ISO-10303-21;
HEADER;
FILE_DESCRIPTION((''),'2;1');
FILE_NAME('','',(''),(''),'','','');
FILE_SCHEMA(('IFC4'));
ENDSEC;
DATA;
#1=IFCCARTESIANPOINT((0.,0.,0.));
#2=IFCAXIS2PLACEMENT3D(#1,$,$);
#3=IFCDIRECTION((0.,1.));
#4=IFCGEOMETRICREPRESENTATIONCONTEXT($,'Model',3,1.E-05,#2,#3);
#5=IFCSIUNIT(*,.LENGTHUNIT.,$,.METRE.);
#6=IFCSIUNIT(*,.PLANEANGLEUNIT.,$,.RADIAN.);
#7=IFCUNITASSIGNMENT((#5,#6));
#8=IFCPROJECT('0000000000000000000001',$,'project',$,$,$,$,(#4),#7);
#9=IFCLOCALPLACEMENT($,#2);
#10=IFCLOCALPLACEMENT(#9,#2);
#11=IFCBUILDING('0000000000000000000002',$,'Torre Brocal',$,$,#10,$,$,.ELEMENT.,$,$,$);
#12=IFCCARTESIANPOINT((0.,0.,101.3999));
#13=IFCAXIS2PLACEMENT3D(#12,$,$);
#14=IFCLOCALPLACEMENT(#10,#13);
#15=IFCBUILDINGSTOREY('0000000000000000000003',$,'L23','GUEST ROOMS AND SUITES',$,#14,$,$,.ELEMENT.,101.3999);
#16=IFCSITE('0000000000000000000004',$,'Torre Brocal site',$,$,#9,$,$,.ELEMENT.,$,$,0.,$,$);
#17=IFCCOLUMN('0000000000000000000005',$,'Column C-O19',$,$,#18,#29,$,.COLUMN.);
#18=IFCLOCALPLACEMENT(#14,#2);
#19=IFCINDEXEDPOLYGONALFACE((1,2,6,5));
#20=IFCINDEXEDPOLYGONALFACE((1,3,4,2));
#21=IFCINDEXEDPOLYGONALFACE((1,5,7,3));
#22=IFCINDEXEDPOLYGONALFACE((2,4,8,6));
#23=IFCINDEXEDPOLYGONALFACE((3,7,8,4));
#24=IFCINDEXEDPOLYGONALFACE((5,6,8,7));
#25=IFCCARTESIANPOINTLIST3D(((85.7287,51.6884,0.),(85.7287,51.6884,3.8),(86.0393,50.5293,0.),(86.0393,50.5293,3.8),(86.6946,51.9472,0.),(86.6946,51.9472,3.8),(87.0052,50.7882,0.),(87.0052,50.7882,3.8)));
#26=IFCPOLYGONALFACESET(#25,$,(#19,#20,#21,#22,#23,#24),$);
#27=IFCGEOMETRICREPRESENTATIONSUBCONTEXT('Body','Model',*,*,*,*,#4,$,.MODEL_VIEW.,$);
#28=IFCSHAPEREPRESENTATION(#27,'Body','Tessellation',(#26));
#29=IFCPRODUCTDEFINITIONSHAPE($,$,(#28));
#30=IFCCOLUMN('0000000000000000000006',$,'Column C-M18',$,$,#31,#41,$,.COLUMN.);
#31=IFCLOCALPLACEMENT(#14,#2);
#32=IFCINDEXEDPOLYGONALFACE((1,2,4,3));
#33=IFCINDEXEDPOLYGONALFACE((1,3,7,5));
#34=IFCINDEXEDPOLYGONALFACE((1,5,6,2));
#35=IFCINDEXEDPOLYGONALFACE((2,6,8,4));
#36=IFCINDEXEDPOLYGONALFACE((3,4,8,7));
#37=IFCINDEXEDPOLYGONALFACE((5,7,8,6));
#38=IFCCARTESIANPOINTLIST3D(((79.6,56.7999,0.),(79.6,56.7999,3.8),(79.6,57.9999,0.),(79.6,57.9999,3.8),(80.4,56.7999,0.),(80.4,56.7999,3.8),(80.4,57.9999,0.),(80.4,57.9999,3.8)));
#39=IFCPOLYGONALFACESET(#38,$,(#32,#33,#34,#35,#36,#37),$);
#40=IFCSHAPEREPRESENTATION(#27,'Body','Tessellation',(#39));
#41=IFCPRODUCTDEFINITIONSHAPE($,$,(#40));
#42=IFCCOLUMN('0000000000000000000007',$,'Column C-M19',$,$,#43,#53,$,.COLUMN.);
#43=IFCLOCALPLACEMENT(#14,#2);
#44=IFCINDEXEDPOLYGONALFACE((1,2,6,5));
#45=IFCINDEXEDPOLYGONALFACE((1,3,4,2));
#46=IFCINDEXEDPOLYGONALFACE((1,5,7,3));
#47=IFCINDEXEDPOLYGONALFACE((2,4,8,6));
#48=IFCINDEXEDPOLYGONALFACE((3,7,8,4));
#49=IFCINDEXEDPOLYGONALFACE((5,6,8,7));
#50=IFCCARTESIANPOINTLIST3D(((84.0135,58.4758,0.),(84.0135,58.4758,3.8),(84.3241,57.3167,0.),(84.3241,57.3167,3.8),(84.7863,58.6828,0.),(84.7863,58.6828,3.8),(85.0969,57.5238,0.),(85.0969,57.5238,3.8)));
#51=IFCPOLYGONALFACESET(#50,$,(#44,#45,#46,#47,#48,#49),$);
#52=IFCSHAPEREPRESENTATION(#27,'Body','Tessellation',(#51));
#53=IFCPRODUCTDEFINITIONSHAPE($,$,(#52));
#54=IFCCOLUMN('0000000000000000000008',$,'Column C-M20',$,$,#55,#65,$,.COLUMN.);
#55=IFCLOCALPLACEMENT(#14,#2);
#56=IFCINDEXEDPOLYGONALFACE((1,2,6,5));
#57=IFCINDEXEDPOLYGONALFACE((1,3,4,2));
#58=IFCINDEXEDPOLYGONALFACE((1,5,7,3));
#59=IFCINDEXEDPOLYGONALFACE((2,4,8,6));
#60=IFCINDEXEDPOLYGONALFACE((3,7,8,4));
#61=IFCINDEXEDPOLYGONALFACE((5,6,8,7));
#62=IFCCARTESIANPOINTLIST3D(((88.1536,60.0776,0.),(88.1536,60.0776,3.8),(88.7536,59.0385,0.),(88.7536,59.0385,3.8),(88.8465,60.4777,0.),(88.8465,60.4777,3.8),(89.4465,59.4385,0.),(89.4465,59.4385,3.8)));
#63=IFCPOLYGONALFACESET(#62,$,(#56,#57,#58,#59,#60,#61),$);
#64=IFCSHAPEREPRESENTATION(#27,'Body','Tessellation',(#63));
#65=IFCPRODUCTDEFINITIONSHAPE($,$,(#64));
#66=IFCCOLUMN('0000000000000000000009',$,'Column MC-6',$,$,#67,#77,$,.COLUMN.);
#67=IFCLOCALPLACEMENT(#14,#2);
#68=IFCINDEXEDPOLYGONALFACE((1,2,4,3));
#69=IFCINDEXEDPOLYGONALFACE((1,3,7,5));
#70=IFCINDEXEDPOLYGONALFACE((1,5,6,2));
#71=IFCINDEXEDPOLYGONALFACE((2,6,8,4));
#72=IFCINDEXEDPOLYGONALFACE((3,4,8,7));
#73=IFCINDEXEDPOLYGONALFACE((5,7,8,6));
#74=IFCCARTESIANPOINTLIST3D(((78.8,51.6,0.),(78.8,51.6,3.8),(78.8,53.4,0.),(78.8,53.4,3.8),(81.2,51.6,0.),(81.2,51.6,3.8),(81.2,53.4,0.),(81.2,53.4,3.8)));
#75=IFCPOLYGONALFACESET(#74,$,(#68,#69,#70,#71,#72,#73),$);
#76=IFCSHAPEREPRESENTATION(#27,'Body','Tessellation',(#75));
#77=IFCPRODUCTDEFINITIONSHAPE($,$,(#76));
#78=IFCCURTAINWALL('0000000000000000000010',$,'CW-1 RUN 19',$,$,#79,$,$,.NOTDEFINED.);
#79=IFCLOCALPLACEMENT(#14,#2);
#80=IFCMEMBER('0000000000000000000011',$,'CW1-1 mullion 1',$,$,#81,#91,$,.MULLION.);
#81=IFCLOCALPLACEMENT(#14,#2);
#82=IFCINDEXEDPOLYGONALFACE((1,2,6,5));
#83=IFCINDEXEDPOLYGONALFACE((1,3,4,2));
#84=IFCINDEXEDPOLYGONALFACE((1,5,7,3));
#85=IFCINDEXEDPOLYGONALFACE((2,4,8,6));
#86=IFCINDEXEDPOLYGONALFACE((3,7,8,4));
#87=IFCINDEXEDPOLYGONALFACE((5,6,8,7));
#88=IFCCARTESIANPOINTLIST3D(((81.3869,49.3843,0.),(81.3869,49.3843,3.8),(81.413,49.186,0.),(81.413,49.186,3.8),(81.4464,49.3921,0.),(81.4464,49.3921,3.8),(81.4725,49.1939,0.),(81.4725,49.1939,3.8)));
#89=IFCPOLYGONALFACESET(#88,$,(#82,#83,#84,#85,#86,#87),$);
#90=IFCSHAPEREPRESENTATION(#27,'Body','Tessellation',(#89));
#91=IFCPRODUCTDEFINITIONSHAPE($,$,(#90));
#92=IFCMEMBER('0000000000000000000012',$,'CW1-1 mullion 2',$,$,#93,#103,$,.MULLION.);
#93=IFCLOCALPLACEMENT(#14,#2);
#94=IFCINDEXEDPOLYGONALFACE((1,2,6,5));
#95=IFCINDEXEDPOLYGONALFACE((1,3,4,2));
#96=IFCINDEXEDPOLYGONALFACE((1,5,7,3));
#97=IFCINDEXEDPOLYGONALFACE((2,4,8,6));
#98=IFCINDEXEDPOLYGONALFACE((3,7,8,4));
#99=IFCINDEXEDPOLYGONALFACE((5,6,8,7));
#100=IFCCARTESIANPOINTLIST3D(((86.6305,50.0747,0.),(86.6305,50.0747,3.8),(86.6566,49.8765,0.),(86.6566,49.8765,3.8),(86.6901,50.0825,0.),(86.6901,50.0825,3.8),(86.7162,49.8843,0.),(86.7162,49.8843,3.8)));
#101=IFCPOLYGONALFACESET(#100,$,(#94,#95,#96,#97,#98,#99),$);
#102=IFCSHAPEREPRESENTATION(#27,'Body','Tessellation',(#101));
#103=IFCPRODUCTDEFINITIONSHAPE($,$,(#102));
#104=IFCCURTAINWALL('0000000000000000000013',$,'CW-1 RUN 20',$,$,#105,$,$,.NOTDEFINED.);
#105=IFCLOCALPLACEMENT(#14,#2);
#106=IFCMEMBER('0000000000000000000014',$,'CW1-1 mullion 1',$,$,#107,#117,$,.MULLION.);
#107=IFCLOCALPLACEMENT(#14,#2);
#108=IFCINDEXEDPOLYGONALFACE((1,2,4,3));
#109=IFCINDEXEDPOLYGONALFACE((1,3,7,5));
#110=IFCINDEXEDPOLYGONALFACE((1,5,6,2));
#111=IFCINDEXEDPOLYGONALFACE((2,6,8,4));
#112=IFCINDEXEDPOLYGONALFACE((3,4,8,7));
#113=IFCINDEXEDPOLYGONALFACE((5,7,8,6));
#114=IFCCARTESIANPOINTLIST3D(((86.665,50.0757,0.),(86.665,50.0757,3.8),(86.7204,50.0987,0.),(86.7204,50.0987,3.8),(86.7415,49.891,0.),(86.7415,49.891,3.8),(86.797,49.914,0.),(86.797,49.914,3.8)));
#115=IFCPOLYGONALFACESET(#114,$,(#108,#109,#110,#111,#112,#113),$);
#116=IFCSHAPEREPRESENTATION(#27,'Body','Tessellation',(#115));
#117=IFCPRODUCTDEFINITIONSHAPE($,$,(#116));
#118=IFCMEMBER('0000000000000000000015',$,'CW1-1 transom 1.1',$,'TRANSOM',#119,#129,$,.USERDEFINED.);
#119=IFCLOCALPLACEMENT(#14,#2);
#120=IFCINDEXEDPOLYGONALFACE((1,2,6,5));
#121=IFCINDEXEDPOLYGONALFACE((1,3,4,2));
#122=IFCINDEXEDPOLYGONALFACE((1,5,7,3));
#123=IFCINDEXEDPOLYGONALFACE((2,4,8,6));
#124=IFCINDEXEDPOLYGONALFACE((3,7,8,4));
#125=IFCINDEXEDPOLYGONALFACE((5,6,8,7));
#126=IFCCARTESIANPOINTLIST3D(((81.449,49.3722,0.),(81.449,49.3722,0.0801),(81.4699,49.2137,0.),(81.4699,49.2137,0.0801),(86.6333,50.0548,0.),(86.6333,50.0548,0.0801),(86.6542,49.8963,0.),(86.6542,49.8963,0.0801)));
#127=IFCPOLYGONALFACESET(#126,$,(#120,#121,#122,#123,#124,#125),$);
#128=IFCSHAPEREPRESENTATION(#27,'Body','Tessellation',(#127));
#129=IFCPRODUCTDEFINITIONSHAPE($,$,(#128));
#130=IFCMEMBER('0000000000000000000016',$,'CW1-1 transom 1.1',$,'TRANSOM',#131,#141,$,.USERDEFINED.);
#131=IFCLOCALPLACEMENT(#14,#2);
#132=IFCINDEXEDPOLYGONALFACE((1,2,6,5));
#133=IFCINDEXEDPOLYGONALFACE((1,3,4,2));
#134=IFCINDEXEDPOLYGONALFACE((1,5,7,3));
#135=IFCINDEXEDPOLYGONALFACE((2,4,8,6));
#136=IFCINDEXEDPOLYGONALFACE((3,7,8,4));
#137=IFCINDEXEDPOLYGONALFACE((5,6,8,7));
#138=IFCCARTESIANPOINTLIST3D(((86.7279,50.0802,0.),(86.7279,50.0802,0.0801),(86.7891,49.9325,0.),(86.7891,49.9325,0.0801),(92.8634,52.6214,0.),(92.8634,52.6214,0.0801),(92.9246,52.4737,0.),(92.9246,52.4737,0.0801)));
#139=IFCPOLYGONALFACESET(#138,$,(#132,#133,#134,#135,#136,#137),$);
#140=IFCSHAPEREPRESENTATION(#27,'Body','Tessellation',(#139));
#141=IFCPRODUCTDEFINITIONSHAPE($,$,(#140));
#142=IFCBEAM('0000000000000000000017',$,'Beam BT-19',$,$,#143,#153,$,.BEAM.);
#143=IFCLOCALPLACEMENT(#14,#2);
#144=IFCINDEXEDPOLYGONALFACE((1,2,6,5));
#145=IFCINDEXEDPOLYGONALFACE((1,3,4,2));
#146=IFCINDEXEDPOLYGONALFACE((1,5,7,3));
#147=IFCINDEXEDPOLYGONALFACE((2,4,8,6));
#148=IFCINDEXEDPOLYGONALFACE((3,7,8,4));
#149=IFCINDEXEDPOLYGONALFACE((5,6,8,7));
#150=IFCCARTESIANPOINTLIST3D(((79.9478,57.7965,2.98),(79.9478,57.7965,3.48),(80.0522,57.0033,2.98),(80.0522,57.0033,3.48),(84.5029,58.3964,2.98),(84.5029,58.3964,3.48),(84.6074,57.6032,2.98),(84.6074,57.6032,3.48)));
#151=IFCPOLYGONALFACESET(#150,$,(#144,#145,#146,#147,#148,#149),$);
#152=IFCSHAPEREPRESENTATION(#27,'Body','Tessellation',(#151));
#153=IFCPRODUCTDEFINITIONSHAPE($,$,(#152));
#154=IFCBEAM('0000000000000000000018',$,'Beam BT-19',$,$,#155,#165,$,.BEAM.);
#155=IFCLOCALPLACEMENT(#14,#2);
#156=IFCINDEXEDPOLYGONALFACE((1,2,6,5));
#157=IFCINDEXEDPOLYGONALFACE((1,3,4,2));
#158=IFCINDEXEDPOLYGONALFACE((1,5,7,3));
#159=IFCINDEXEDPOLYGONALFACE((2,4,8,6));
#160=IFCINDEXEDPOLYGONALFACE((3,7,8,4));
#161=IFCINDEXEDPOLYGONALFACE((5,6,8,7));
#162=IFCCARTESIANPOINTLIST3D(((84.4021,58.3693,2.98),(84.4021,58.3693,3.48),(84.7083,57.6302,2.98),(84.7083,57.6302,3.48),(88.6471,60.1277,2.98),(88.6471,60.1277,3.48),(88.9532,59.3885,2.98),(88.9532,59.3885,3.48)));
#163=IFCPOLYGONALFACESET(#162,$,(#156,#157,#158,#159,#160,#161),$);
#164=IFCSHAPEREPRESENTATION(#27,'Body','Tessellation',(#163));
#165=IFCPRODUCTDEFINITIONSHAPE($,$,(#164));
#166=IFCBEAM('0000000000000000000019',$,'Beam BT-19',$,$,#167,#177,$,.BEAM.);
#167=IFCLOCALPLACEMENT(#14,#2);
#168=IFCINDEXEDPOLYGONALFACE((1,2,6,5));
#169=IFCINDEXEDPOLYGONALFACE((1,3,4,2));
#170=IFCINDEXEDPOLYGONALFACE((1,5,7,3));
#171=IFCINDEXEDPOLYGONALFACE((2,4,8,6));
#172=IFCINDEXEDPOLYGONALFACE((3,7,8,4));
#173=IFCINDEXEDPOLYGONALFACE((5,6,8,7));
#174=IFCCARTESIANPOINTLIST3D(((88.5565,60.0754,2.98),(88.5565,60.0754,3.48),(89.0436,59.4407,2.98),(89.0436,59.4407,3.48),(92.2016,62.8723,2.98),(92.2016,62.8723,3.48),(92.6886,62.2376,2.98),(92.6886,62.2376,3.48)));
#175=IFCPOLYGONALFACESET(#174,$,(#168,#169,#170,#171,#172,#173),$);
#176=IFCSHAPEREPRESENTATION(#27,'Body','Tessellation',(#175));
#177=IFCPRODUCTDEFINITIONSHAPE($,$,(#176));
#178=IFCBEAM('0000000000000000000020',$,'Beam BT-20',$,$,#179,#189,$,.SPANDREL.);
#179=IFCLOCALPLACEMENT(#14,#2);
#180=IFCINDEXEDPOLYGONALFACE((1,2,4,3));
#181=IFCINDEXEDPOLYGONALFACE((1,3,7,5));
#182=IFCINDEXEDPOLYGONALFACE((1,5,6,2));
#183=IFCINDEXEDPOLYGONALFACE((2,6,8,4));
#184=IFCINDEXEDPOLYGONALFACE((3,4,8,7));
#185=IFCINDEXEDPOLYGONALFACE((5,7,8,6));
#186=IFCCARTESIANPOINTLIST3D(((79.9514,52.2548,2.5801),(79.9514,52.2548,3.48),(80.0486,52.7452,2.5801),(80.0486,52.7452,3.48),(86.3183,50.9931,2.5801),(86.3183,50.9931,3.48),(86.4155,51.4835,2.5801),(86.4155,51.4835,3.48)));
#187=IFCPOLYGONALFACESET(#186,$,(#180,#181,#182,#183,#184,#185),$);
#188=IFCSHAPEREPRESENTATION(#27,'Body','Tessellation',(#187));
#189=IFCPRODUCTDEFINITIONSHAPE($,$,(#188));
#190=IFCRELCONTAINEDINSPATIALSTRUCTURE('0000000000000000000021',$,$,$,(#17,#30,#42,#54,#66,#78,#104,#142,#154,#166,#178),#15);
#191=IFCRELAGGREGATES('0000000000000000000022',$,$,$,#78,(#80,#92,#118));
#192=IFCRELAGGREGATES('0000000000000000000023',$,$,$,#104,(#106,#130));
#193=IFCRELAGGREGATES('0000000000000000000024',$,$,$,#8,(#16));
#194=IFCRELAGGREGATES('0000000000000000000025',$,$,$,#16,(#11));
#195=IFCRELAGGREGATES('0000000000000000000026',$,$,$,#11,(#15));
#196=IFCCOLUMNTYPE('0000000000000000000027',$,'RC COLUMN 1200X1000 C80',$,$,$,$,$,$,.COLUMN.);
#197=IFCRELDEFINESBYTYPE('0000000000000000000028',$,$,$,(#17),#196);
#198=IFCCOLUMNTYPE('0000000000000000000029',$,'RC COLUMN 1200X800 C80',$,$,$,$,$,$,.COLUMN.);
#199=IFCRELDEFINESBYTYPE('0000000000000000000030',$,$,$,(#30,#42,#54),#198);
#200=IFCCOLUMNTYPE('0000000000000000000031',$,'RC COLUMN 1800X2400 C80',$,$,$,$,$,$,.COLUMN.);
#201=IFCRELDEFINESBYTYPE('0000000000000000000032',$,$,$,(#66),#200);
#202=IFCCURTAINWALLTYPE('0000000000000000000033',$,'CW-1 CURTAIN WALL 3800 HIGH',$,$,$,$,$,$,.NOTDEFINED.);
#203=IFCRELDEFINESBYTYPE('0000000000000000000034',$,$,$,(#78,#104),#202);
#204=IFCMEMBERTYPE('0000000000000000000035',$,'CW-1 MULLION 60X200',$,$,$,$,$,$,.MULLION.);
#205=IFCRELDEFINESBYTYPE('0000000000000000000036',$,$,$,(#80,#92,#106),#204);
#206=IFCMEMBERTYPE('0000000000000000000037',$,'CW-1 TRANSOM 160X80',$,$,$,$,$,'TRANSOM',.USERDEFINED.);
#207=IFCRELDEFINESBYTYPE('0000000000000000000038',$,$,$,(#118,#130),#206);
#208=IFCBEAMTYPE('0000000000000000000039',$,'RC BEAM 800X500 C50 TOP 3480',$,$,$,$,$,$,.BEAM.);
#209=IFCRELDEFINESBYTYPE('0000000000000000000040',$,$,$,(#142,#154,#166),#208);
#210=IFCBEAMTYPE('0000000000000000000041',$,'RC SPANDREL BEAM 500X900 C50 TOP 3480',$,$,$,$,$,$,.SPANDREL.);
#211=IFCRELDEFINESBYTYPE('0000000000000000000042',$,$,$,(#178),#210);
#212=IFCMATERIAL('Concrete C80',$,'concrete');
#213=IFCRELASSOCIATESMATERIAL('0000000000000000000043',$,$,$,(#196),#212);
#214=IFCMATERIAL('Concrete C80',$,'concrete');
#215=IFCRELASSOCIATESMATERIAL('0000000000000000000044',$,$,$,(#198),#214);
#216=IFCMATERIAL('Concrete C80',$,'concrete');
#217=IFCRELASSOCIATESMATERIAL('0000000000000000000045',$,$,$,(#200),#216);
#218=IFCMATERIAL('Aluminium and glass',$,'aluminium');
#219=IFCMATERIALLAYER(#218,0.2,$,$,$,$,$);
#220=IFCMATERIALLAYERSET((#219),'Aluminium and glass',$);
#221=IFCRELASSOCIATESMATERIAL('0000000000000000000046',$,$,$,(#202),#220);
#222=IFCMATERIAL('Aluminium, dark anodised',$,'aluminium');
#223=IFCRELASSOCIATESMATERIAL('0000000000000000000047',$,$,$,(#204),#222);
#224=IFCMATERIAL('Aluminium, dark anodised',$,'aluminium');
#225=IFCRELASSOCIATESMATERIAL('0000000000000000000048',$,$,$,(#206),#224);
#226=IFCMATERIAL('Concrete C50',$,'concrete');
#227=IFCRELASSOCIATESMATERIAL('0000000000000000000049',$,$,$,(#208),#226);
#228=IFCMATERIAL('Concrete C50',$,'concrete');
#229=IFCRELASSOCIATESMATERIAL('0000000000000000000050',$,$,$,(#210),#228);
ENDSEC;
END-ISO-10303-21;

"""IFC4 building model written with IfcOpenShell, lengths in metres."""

from ifc_helpers import new_model, si_unit, direction, frame, origin, origin_2d, place, context, subcontext, project, spatial, rectangle, extrude, material, layer, layer_set, material_profile, profile_set, type_object, element, aggregate, save


model = new_model("IFC4")

# Units and contexts
model_context = context("Model", 3, precision=1e-05, world=origin(), true_north=direction((0.0, 1.0)))
body_context = subcontext(model_context, "Body", "Model", "MODEL_VIEW")
ifc_project = project(units=[si_unit("LENGTHUNIT", "METRE"), si_unit("PLANEANGLEUNIT", "RADIAN")], contexts=[model_context])

# Site, building, storey
site_placement = place(None, origin())
site = spatial("IfcSite", under=ifc_project, at=site_placement, Name="Torre Brocal site", CompositionType="ELEMENT", RefElevation=0.0)
building_placement = place(site_placement, origin())
building = spatial("IfcBuilding", under=site, at=building_placement, Name="Torre Brocal", CompositionType="ELEMENT")
storey_placement = place(building_placement, frame((0.0, 0.0, 101.3999)))
storey = spatial("IfcBuildingStorey", under=building, at=storey_placement, Name="L23", Description="GUEST ROOMS AND SUITES", CompositionType="ELEMENT", Elevation=101.3999)

# Columns
ifc_material_1 = material(Name="Concrete C80", Category="concrete")
ifc_material_profile_1 = material_profile(ifc_material_1, rectangle(XDim=1.2, YDim=1.0, at=origin_2d()), Name="RC 1200X1000")
ifc_profile_set_1 = profile_set([ifc_material_profile_1], Name="Concrete C80")
column_type_1 = type_object("IfcColumnType", Name="RC COLUMN 1200X1000 C80", PredefinedType="COLUMN", material=ifc_profile_set_1)
column_1_placement = place(storey_placement, frame((86.3669, 51.2383, 0.0), z_axis=(0.0, 0.0, 1.0), x_axis=(0.258819, -0.965926, 0.0)))
element("IfcColumn", 1, at=column_1_placement, inside=storey, type_object=column_type_1, Name="Column C-O19", PredefinedType="COLUMN", context=body_context, shape_type="SweptSolid", body=[
    extrude(rectangle(XDim=1.2, YDim=1.0, at=origin_2d()), origin(), (0.0, 0.0, 1.0), 3.8),
])
ifc_material_2 = material(Name="Concrete C80", Category="concrete")
ifc_material_profile_2 = material_profile(ifc_material_2, rectangle(XDim=1.2, YDim=0.8, at=origin_2d()), Name="RC 1200X800")
ifc_profile_set_2 = profile_set([ifc_material_profile_2], Name="Concrete C80")
column_type_2 = type_object("IfcColumnType", Name="RC COLUMN 1200X800 C80", PredefinedType="COLUMN", material=ifc_profile_set_2)
for number, where, z_axis, x_axis, name in (
    (2, (80.0, 57.3999, 0.0), (0.0, 0.0, 1.0), (0.0, -1.0, 0.0), "Column C-M18"),
    (3, (84.5552, 57.9998, 0.0), (0.0, 0.0, 1.0), (0.258819, -0.965926, 0.0), "Column C-M19"),
    (4, (88.8, 59.7581, 0.0), (0.0, 0.0, 1.0), (0.5, -0.866025, 0.0), "Column C-M20"),
):
    element("IfcColumn", number, at=place(storey_placement, frame(where, z_axis=z_axis, x_axis=x_axis)), inside=storey, type_object=column_type_2, Name=name, PredefinedType="COLUMN", context=body_context, shape_type="SweptSolid", body=[
        extrude(rectangle(XDim=1.2, YDim=0.8, at=origin_2d()), origin(), (0.0, 0.0, 1.0), 3.8),
    ])
ifc_material_3 = material(Name="Concrete C80", Category="concrete")
ifc_material_profile_3 = material_profile(ifc_material_3, rectangle(XDim=1.8, YDim=2.3999, at=origin_2d()), Name="RC 1800X2400")
ifc_profile_set_3 = profile_set([ifc_material_profile_3], Name="Concrete C80")
column_type_3 = type_object("IfcColumnType", Name="RC COLUMN 1800X2400 C80", PredefinedType="COLUMN", material=ifc_profile_set_3)
column_2_placement = place(storey_placement, frame((80.0, 52.5, 0.0), z_axis=(0.0, 0.0, 1.0), x_axis=(0.0, -1.0, 0.0)))
element("IfcColumn", 5, at=column_2_placement, inside=storey, type_object=column_type_3, Name="Column MC-6", PredefinedType="COLUMN", context=body_context, shape_type="SweptSolid", body=[
    extrude(rectangle(XDim=1.8, YDim=2.3999, at=origin_2d()), origin(), (0.0, 0.0, 1.0), 3.8),
])

# Curtain wall, members
ifc_material_4 = material(Name="Aluminium and glass", Category="aluminium")
ifc_layer_1 = layer(ifc_material_4, 0.2)
ifc_layer_set_1 = layer_set([ifc_layer_1], Name="Aluminium and glass")
curtain_wall_type = type_object("IfcCurtainWallType", Name="CW-1 CURTAIN WALL 3800 HIGH", PredefinedType="NOTDEFINED", material=ifc_layer_set_1)
curtain_wall_1_placement = place(storey_placement, origin())
curtain_wall_1 = element("IfcCurtainWall", 6, at=curtain_wall_1_placement, inside=storey, type_object=curtain_wall_type, Name="CW-1 RUN 19", PredefinedType="NOTDEFINED")
ifc_material_5 = material(Name="Aluminium, dark anodised", Category="aluminium")
ifc_material_profile_4 = material_profile(ifc_material_5, rectangle(XDim=0.2, YDim=0.0601, at=origin_2d()), Name="CW-1 MULLION 60X200")
ifc_profile_set_4 = profile_set([ifc_material_profile_4], Name="Aluminium, dark anodised")
member_type_1 = type_object("IfcMemberType", Name="CW-1 MULLION 60X200", PredefinedType="MULLION", material=ifc_profile_set_4)
member_1_placement = place(storey_placement, frame((81.4297, 49.2891, 0.0), z_axis=(0.0, 0.0, 1.0), x_axis=(-0.130526, 0.991445, 0.0)))
member_1 = element("IfcMember", 7, at=member_1_placement, type_object=member_type_1, Name="CW1-1 mullion 1", PredefinedType="MULLION", context=body_context, shape_type="SweptSolid", body=[
    extrude(rectangle(XDim=0.2, YDim=0.0601, at=origin_2d()), origin(), (0.0, 0.0, 1.0), 3.8),
])
member_2_placement = place(storey_placement, frame((86.6733, 49.9795, 0.0), z_axis=(0.0, 0.0, 1.0), x_axis=(-0.130526, 0.991445, 0.0)))
member_2 = element("IfcMember", 8, at=member_2_placement, type_object=member_type_1, Name="CW1-1 mullion 2", PredefinedType="MULLION", context=body_context, shape_type="SweptSolid", body=[
    extrude(rectangle(XDim=0.2, YDim=0.0601, at=origin_2d()), origin(), (0.0, 0.0, 1.0), 3.8),
])

# Curtain wall, member
curtain_wall_2_placement = place(storey_placement, origin())
curtain_wall_2 = element("IfcCurtainWall", 9, at=curtain_wall_2_placement, inside=storey, type_object=curtain_wall_type, Name="CW-1 RUN 20", PredefinedType="NOTDEFINED")
member_3_placement = place(storey_placement, frame((86.731, 49.9949, 0.0), z_axis=(0.0, 0.0, 1.0), x_axis=(-0.382683, 0.92388, 0.0)))
member_3 = element("IfcMember", 10, at=member_3_placement, type_object=member_type_1, Name="CW1-1 mullion 1", PredefinedType="MULLION", context=body_context, shape_type="SweptSolid", body=[
    extrude(rectangle(XDim=0.2, YDim=0.0601, at=origin_2d()), origin(), (0.0, 0.0, 1.0), 3.8),
])

# Members
ifc_material_6 = material(Name="Aluminium, dark anodised", Category="aluminium")
ifc_material_profile_5 = material_profile(ifc_material_6, rectangle(XDim=0.1599, YDim=0.0801, at=origin_2d()), Name="CW-1 TRANSOM 160X80")
ifc_profile_set_5 = profile_set([ifc_material_profile_5], Name="Aluminium, dark anodised")
member_type_2 = type_object("IfcMemberType", Name="CW-1 TRANSOM 160X80", ElementType="TRANSOM", PredefinedType="USERDEFINED", material=ifc_profile_set_5)
member_4_placement = place(storey_placement, frame((81.4595, 49.293, 0.04), z_axis=(0.991443, 0.130543, 0.0), x_axis=(-0.130543, 0.991443, 0.0)))
member_4 = element("IfcMember", 11, at=member_4_placement, type_object=member_type_2, Name="CW1-1 transom 1.1", ObjectType="TRANSOM", PredefinedType="USERDEFINED", context=body_context, shape_type="SweptSolid", body=[
    extrude(rectangle(XDim=0.1599, YDim=0.0801, at=origin_2d()), origin(), (0.0, 0.0, 1.0), 5.229),
])
member_5_placement = place(storey_placement, frame((86.7585, 50.0063, 0.04), z_axis=(0.923887, 0.382665, 0.0), x_axis=(-0.382665, 0.923887, 0.0)))
member_5 = element("IfcMember", 12, at=member_5_placement, type_object=member_type_2, Name="CW1-1 transom 1.1", ObjectType="TRANSOM", PredefinedType="USERDEFINED", context=body_context, shape_type="SweptSolid", body=[
    extrude(rectangle(XDim=0.1599, YDim=0.0801, at=origin_2d()), origin(), (0.0, 0.0, 1.0), 6.6409),
])

# Beams
ifc_material_7 = material(Name="Concrete C50", Category="concrete")
ifc_material_profile_6 = material_profile(ifc_material_7, rectangle(XDim=0.8, YDim=0.5, at=origin_2d()), Name="RC 800X500")
ifc_profile_set_6 = profile_set([ifc_material_profile_6], Name="Concrete C50")
beam_type_1 = type_object("IfcBeamType", Name="RC BEAM 800X500 C50 TOP 3480", PredefinedType="BEAM", material=ifc_profile_set_6)
beam_1_placement = place(storey_placement, frame((80.0, 57.3999, 3.23), z_axis=(0.991441, 0.130559, 0.0), x_axis=(-0.130559, 0.991441, 0.0)))
element("IfcBeam", 13, at=beam_1_placement, inside=storey, type_object=beam_type_1, Name="Beam BT-19", PredefinedType="BEAM", context=body_context, shape_type="SweptSolid", body=[
    extrude(rectangle(XDim=0.8, YDim=0.5, at=origin_2d()), origin(), (0.0, 0.0, 1.0), 4.5945),
])
beam_2_placement = place(storey_placement, frame((84.5552, 57.9998, 3.23), z_axis=(0.923878, 0.382687, 0.0), x_axis=(-0.382687, 0.923878, 0.0)))
element("IfcBeam", 14, at=beam_2_placement, inside=storey, type_object=beam_type_1, Name="Beam BT-19", PredefinedType="BEAM", context=body_context, shape_type="SweptSolid", body=[
    extrude(rectangle(XDim=0.8, YDim=0.5, at=origin_2d()), origin(), (0.0, 0.0, 1.0), 4.5947),
])
beam_3_placement = place(storey_placement, frame((88.8, 59.7581, 3.23), z_axis=(0.793358, 0.608755, 0.0), x_axis=(-0.608755, 0.793358, 0.0)))
element("IfcBeam", 15, at=beam_3_placement, inside=storey, type_object=beam_type_1, Name="Beam BT-19", PredefinedType="BEAM", context=body_context, shape_type="SweptSolid", body=[
    extrude(rectangle(XDim=0.8, YDim=0.5, at=origin_2d()), origin(), (0.0, 0.0, 1.0), 4.5945),
])
ifc_material_8 = material(Name="Concrete C50", Category="concrete")
ifc_material_profile_7 = material_profile(ifc_material_8, rectangle(XDim=0.5, YDim=0.8999, at=origin_2d()), Name="RC 500X900")
ifc_profile_set_7 = profile_set([ifc_material_profile_7], Name="Concrete C50")
beam_type_2 = type_object("IfcBeamType", Name="RC SPANDREL BEAM 500X900 C50 TOP 3480", PredefinedType="SPANDREL", material=ifc_profile_set_7)
beam_4_placement = place(storey_placement, frame((80.0, 52.5, 3.03), z_axis=(0.980925, -0.194387, 0.0), x_axis=(0.194387, 0.980925, 0.0)))
element("IfcBeam", 16, at=beam_4_placement, inside=storey, type_object=beam_type_2, Name="Beam BT-20", PredefinedType="SPANDREL", context=body_context, shape_type="SweptSolid", body=[
    extrude(rectangle(XDim=0.5, YDim=0.8999, at=origin_2d()), origin(), (0.0, 0.0, 1.0), 6.4907),
])

aggregate(curtain_wall_1, [member_1, member_2, member_4])
aggregate(curtain_wall_2, [member_3, member_5])

save(model, "model.ifc")
